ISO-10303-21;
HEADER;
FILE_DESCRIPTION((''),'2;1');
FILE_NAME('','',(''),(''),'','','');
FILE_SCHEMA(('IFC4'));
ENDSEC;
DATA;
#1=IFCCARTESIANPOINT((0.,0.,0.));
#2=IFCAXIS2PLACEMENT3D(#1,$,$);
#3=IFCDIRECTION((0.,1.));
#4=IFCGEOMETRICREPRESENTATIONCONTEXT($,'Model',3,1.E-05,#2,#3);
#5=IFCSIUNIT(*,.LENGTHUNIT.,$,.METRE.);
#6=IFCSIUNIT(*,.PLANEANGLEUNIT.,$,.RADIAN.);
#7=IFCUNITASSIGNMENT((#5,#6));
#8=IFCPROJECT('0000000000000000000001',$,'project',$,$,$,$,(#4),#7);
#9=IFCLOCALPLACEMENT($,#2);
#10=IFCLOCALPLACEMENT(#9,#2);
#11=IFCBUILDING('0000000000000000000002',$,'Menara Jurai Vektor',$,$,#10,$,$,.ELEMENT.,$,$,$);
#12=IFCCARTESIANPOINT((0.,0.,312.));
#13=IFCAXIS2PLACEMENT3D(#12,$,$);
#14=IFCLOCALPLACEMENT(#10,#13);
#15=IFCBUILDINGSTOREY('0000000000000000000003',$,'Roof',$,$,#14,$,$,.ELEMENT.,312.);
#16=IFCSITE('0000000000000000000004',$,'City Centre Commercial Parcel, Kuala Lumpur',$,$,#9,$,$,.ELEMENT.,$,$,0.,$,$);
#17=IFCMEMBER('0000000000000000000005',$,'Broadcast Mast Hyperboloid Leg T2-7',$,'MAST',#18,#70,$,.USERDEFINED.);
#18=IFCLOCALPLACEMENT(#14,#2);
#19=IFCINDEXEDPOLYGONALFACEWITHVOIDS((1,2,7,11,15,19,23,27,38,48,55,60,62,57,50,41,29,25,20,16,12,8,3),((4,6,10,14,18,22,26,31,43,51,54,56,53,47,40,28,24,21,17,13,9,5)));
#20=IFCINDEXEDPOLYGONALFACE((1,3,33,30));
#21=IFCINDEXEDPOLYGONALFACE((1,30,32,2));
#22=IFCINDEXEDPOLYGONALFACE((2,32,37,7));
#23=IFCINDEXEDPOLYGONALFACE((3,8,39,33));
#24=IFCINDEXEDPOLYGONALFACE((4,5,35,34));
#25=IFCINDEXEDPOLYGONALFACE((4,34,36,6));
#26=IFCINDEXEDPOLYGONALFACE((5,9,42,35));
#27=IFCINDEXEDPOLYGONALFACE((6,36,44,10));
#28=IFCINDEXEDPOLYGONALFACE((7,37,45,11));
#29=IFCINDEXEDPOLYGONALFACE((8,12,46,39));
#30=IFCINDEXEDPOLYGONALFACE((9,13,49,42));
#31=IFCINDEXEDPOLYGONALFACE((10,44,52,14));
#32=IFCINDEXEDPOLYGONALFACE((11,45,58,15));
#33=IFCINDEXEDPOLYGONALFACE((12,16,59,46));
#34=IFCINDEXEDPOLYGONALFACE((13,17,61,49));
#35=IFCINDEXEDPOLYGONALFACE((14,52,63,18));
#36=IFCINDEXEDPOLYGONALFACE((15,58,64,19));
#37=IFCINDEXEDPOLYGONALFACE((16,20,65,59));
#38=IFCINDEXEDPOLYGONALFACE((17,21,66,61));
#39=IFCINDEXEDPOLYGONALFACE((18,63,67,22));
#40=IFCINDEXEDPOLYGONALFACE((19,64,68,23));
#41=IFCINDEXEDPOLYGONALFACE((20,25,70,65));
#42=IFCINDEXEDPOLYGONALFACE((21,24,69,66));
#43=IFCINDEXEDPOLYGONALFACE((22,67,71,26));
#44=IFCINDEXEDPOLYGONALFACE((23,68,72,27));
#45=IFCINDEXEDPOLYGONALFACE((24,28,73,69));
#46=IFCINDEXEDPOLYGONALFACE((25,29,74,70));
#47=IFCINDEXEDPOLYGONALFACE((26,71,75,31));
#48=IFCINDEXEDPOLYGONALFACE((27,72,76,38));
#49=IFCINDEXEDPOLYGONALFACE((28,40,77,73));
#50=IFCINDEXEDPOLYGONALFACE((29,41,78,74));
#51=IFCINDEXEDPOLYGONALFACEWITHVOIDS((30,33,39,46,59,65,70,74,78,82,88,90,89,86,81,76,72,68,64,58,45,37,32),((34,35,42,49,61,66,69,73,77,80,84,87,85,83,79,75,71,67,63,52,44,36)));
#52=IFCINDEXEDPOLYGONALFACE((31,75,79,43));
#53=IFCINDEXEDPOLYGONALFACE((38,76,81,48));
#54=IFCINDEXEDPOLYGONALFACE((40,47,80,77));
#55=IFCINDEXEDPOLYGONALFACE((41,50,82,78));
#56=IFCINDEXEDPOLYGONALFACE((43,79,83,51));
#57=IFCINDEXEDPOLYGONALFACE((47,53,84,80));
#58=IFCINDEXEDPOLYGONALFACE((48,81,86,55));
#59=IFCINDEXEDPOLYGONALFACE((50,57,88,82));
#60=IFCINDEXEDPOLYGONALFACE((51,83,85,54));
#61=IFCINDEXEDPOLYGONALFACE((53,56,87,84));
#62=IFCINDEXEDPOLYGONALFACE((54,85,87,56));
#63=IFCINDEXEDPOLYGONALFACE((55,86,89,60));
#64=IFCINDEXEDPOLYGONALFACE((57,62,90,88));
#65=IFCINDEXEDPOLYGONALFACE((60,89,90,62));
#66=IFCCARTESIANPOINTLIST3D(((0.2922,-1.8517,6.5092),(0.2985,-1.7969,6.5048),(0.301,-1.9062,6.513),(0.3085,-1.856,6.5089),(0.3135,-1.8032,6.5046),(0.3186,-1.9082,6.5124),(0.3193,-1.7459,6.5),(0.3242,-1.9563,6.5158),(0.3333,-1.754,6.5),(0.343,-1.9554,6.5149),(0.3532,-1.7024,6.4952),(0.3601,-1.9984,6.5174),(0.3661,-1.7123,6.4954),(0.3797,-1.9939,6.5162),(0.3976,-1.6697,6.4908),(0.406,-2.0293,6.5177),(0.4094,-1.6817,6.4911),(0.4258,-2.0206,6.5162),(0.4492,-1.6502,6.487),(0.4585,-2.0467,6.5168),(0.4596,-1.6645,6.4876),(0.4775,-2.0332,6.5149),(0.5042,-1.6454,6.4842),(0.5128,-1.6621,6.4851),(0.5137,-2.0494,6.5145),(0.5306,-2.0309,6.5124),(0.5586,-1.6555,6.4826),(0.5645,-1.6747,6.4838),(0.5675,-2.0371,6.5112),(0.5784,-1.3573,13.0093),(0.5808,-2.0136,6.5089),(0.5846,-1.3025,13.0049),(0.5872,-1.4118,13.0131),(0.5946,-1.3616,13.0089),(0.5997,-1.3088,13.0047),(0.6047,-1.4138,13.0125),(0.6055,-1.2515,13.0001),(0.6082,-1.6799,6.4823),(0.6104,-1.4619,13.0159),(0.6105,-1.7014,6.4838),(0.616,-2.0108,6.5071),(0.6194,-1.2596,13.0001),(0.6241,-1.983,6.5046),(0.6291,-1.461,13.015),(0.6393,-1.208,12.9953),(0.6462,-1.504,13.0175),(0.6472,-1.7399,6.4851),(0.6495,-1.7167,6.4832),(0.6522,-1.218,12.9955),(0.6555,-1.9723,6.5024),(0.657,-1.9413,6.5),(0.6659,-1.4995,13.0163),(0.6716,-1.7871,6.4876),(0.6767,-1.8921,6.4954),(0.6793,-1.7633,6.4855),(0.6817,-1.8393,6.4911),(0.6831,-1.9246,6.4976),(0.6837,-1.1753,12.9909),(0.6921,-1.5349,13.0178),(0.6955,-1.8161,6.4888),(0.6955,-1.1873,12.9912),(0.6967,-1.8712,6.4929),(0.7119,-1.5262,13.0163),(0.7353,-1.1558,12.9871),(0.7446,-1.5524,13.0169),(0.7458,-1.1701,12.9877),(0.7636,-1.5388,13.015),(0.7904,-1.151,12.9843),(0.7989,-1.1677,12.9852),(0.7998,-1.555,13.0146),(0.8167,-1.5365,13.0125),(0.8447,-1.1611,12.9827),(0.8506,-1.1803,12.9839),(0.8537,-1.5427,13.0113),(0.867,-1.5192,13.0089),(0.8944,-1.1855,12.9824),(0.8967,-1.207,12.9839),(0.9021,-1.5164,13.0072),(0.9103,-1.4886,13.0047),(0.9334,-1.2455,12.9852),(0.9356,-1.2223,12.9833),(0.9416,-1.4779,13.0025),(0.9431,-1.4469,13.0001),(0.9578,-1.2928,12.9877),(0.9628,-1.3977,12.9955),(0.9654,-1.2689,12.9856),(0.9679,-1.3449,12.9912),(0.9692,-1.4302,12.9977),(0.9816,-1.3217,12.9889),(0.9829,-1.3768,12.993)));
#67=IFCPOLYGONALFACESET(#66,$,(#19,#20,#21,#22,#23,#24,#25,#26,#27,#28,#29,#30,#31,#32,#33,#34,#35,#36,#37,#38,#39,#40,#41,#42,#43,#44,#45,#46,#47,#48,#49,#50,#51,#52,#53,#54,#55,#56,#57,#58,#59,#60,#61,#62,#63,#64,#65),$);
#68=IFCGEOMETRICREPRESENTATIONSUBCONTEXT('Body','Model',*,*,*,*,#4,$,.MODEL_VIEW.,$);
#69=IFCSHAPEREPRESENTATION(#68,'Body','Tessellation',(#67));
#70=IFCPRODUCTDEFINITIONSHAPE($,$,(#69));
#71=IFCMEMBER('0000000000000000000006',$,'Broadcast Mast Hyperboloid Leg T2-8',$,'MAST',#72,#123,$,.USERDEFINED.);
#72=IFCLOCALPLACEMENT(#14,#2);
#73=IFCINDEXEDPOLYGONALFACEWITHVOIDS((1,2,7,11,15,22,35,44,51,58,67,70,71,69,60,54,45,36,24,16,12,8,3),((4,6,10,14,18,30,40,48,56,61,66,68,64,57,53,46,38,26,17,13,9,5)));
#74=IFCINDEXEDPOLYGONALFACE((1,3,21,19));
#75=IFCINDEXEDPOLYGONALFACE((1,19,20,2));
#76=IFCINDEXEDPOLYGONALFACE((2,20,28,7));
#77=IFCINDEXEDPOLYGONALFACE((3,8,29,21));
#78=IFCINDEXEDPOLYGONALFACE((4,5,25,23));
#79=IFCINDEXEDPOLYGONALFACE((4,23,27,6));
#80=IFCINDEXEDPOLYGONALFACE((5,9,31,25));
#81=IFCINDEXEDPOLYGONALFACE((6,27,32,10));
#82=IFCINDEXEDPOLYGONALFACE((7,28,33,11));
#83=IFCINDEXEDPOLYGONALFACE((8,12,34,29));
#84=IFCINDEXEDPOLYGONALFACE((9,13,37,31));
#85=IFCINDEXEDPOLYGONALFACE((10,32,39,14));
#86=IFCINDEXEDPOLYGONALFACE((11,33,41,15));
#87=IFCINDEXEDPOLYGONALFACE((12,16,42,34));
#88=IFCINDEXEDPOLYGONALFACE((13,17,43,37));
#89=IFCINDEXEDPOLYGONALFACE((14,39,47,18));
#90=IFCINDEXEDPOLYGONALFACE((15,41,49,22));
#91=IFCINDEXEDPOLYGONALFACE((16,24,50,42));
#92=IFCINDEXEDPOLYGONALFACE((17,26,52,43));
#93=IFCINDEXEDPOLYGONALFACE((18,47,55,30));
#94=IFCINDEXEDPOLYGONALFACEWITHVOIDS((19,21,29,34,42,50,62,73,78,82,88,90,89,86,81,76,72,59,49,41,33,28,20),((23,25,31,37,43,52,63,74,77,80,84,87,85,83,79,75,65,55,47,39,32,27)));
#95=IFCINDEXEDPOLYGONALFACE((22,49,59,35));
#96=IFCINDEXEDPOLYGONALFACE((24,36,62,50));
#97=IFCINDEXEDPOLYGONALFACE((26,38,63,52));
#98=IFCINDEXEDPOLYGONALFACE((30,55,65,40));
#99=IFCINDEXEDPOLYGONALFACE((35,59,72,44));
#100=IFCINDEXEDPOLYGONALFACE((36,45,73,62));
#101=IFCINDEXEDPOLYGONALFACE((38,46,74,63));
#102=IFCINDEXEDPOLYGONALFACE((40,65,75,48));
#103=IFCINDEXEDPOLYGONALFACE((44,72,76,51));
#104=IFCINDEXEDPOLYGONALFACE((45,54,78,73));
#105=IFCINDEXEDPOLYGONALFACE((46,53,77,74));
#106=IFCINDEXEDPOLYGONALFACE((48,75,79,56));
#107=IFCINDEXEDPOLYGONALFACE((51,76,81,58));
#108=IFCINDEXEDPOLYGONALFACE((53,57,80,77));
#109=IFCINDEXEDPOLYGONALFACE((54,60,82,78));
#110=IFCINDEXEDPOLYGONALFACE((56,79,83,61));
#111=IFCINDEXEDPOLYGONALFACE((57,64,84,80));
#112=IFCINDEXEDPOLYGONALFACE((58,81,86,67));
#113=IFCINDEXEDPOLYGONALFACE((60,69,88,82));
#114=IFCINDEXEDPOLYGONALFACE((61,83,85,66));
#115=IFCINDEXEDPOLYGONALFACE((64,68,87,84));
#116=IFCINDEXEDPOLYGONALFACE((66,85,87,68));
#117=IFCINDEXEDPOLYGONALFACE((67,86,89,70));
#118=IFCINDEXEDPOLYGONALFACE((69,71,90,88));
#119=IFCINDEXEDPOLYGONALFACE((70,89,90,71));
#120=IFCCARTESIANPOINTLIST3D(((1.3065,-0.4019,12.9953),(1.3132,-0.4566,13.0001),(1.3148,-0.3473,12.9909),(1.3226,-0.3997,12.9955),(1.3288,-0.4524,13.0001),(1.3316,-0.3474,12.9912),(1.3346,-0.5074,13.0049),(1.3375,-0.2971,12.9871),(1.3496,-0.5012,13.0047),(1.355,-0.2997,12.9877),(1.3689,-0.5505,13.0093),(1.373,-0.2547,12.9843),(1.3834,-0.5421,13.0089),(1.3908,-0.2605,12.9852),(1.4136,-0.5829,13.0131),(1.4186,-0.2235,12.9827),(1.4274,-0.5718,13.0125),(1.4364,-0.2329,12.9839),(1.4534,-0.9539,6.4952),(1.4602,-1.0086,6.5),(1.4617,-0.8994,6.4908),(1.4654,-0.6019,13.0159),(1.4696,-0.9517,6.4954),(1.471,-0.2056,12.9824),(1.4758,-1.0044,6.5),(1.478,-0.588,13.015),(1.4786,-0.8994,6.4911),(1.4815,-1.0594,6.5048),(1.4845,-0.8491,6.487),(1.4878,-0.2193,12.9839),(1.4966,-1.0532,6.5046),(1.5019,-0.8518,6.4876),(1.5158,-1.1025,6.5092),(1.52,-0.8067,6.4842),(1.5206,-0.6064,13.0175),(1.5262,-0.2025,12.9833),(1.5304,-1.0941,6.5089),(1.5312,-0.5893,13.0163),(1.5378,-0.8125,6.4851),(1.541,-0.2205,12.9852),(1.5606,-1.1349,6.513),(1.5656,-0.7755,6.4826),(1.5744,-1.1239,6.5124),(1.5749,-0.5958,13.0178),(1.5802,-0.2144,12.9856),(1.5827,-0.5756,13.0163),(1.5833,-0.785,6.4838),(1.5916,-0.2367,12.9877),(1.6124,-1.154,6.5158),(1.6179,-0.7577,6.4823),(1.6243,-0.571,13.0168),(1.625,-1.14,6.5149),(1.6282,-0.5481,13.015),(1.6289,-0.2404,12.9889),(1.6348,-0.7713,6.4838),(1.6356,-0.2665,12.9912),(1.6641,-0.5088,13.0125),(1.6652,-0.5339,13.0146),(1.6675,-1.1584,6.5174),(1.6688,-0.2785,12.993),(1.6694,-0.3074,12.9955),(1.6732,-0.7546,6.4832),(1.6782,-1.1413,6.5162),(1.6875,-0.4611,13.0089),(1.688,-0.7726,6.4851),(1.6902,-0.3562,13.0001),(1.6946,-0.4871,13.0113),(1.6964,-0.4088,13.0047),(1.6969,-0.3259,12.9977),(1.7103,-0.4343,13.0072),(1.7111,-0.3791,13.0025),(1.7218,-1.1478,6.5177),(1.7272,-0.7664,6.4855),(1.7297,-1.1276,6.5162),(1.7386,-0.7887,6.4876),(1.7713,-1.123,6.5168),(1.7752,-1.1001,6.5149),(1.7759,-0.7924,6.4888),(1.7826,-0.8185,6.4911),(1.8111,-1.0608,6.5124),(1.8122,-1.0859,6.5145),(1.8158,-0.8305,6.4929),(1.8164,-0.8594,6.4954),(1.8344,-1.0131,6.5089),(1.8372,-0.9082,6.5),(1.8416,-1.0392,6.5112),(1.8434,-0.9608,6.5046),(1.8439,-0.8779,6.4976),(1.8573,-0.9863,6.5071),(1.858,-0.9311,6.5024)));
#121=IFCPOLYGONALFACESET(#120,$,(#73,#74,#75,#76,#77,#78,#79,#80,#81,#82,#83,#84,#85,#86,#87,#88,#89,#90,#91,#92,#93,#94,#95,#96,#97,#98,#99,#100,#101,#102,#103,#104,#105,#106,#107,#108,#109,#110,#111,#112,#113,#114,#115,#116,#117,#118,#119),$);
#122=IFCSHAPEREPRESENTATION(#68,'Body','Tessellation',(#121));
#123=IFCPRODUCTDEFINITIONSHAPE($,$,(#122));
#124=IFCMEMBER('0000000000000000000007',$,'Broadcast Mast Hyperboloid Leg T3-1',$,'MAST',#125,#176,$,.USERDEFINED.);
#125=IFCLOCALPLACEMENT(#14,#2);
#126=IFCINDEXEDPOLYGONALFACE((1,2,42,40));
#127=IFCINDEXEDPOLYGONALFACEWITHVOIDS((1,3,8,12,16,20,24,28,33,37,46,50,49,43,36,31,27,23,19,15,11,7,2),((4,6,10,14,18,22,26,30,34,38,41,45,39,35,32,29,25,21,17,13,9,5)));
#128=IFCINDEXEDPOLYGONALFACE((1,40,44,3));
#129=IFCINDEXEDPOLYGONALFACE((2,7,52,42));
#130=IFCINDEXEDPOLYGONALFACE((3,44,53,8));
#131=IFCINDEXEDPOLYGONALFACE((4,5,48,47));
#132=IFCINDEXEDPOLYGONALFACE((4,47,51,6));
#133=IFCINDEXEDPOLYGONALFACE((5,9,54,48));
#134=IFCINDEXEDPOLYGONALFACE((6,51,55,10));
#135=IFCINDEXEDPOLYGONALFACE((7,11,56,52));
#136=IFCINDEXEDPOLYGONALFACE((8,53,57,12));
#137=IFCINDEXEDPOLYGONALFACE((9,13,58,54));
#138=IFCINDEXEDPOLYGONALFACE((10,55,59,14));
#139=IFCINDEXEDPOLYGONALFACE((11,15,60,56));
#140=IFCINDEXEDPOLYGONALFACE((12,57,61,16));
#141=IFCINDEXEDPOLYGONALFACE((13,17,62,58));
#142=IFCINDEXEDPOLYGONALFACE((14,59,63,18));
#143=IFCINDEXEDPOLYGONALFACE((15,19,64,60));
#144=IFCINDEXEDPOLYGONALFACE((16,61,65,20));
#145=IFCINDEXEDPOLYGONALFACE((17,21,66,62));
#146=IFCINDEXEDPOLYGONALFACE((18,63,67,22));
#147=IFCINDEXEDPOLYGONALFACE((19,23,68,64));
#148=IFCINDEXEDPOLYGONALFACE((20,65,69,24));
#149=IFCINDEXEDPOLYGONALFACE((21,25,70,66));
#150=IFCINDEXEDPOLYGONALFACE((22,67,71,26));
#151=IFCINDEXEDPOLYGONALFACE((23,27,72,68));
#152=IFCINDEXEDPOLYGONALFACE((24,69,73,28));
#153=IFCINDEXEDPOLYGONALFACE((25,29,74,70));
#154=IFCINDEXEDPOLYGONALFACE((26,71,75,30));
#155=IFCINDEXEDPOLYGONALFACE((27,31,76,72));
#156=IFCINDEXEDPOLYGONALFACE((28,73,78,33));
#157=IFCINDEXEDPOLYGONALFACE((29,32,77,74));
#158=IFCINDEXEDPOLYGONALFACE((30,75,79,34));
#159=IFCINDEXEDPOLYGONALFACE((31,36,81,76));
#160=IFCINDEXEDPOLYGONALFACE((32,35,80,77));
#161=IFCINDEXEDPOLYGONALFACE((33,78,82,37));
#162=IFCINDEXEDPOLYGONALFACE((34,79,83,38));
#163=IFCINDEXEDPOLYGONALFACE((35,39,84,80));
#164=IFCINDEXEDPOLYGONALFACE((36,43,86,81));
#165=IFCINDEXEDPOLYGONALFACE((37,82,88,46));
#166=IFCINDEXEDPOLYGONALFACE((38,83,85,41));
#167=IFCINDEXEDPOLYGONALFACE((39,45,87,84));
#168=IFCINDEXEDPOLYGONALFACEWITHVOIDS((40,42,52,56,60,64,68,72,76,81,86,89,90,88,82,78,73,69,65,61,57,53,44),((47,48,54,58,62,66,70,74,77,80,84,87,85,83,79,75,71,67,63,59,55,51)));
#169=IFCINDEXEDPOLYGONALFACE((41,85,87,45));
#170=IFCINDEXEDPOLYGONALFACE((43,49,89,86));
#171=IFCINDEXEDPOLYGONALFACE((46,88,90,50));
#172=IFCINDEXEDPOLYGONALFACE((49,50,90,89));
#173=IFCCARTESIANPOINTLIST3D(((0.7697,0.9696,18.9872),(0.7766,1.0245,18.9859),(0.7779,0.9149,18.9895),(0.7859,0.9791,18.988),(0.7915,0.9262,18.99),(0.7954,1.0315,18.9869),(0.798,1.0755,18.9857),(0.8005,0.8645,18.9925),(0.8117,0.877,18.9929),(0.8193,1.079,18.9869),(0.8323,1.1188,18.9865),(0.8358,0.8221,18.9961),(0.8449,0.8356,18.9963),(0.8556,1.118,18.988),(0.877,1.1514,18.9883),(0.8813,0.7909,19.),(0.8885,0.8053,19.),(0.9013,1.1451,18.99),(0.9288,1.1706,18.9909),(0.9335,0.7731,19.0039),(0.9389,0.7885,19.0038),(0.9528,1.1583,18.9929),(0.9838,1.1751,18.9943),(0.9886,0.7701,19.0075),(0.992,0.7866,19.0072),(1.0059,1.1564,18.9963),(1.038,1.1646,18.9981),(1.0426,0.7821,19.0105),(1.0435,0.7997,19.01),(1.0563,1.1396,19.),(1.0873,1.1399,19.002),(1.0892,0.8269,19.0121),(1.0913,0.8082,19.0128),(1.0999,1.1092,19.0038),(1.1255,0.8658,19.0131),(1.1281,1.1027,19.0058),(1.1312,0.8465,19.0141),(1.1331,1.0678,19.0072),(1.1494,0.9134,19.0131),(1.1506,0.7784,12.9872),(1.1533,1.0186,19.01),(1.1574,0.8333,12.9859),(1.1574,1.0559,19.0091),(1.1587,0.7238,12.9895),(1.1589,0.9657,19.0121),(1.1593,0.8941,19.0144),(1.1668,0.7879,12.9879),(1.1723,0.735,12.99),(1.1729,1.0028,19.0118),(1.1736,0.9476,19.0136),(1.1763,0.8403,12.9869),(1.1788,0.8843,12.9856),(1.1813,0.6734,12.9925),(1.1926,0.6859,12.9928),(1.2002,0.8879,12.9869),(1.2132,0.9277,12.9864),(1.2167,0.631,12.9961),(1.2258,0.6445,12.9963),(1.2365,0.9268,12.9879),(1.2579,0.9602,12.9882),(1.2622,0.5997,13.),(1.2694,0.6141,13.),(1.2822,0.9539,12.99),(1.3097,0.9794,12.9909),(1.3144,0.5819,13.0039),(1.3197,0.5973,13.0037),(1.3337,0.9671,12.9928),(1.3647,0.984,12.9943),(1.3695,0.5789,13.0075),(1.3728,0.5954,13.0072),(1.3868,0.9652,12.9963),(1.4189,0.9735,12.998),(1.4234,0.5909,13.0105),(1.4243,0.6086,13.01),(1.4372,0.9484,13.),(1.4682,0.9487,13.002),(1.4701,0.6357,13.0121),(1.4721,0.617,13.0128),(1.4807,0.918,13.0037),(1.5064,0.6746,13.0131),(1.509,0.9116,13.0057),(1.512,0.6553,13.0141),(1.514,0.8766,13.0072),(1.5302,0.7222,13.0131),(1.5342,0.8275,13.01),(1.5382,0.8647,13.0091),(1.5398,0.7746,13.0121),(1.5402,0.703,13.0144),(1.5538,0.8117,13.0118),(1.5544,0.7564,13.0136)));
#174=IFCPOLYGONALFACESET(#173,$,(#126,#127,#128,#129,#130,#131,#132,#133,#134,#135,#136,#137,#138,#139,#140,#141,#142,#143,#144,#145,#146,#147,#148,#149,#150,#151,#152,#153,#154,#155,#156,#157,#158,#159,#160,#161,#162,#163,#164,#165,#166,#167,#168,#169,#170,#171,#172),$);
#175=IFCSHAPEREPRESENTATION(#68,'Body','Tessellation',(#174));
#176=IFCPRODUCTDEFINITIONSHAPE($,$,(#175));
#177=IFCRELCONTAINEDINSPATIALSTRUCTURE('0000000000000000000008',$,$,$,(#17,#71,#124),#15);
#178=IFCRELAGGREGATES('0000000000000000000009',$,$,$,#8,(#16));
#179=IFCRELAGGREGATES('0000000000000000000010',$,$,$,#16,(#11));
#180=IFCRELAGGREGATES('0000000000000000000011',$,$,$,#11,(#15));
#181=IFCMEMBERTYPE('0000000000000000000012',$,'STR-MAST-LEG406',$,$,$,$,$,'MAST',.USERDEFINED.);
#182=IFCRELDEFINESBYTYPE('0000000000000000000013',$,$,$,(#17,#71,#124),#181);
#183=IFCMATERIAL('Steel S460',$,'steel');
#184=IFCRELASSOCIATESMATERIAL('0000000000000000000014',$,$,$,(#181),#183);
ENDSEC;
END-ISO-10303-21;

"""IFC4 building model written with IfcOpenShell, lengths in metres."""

from ifc_helpers import new_model, si_unit, direction, frame, origin, origin_2d, place, context, subcontext, project, spatial, hollow_circle, extrude, material, material_profile, profile_set, type_object, element, save


model = new_model("IFC4")

# Units and contexts
model_context = context("Model", 3, precision=1e-05, world=origin(), true_north=direction((0.0, 1.0)))
body_context = subcontext(model_context, "Body", "Model", "MODEL_VIEW")
ifc_project = project(units=[si_unit("LENGTHUNIT", "METRE"), si_unit("PLANEANGLEUNIT", "RADIAN")], contexts=[model_context])

# Site, building, storey
site_placement = place(None, origin())
site = spatial("IfcSite", under=ifc_project, at=site_placement, Name="City Centre Commercial Parcel, Kuala Lumpur", CompositionType="ELEMENT", RefElevation=0.0)
building_placement = place(site_placement, origin())
building = spatial("IfcBuilding", under=site, at=building_placement, Name="Menara Jurai Vektor", CompositionType="ELEMENT")
storey_placement = place(building_placement, frame((0.0, 0.0, 312.0)))
storey = spatial("IfcBuildingStorey", under=building, at=storey_placement, Name="Roof", CompositionType="ELEMENT", Elevation=312.0)

# Members
ifc_material = material(Name="Steel S460", Category="steel")
ifc_material_profile_1 = material_profile(ifc_material, hollow_circle(Radius=0.2031, WallThickness=0.0161, at=origin_2d()), Name="CHS 406.4x16")
ifc_profile_set_1 = profile_set([ifc_material_profile_1], Name="Steel S460")
member_type_1 = type_object("IfcMemberType", Name="STR-MAST-LEG406", ElementType="MAST", PredefinedType="USERDEFINED", material=ifc_profile_set_1)
for number, where, z_axis, x_axis, name in (
    (1, (0.4951, -1.8477, 6.5), (0.043851, 0.075767, 0.996161), (-0.865495, 0.500918, 0.0), "Broadcast Mast Hyperboloid Leg T2-7"),
    (2, (1.6565, -0.9563, 6.5), (-0.022524, 0.084597, 0.996161), (-0.966334, -0.25729, 0.0), "Broadcast Mast Hyperboloid Leg T2-8"),
):
    element("IfcMember", number, at=place(storey_placement, frame(where, z_axis=z_axis, x_axis=x_axis)), inside=storey, type_object=member_type_1, Name=name, ObjectType="MAST", PredefinedType="USERDEFINED", context=body_context, shape_type="SweptSolid", body=[
        extrude(hollow_circle(Radius=0.2031, WallThickness=0.0161, at=origin_2d()), origin(), (0.0, 0.0, 1.0), 6.5251),
    ])
for number, where, z_axis, x_axis, name in (
    (3, (1.3533, 0.7812, 13.0), (-0.063317, 0.03178, 0.997487), (-0.448588, -0.893739, 0.0), "Broadcast Mast Hyperboloid Leg T3-1"),
):
    element("IfcMember", number, at=place(storey_placement, frame(where, z_axis=z_axis, x_axis=x_axis)), inside=storey, type_object=member_type_1, Name=name, ObjectType="MAST", PredefinedType="USERDEFINED", context=body_context, shape_type="SweptSolid", body=[
        extrude(hollow_circle(Radius=0.2031, WallThickness=0.0161, at=origin_2d()), origin(), (0.0, 0.0, 1.0), 6.0151),
    ])

save(model, "model.ifc")
